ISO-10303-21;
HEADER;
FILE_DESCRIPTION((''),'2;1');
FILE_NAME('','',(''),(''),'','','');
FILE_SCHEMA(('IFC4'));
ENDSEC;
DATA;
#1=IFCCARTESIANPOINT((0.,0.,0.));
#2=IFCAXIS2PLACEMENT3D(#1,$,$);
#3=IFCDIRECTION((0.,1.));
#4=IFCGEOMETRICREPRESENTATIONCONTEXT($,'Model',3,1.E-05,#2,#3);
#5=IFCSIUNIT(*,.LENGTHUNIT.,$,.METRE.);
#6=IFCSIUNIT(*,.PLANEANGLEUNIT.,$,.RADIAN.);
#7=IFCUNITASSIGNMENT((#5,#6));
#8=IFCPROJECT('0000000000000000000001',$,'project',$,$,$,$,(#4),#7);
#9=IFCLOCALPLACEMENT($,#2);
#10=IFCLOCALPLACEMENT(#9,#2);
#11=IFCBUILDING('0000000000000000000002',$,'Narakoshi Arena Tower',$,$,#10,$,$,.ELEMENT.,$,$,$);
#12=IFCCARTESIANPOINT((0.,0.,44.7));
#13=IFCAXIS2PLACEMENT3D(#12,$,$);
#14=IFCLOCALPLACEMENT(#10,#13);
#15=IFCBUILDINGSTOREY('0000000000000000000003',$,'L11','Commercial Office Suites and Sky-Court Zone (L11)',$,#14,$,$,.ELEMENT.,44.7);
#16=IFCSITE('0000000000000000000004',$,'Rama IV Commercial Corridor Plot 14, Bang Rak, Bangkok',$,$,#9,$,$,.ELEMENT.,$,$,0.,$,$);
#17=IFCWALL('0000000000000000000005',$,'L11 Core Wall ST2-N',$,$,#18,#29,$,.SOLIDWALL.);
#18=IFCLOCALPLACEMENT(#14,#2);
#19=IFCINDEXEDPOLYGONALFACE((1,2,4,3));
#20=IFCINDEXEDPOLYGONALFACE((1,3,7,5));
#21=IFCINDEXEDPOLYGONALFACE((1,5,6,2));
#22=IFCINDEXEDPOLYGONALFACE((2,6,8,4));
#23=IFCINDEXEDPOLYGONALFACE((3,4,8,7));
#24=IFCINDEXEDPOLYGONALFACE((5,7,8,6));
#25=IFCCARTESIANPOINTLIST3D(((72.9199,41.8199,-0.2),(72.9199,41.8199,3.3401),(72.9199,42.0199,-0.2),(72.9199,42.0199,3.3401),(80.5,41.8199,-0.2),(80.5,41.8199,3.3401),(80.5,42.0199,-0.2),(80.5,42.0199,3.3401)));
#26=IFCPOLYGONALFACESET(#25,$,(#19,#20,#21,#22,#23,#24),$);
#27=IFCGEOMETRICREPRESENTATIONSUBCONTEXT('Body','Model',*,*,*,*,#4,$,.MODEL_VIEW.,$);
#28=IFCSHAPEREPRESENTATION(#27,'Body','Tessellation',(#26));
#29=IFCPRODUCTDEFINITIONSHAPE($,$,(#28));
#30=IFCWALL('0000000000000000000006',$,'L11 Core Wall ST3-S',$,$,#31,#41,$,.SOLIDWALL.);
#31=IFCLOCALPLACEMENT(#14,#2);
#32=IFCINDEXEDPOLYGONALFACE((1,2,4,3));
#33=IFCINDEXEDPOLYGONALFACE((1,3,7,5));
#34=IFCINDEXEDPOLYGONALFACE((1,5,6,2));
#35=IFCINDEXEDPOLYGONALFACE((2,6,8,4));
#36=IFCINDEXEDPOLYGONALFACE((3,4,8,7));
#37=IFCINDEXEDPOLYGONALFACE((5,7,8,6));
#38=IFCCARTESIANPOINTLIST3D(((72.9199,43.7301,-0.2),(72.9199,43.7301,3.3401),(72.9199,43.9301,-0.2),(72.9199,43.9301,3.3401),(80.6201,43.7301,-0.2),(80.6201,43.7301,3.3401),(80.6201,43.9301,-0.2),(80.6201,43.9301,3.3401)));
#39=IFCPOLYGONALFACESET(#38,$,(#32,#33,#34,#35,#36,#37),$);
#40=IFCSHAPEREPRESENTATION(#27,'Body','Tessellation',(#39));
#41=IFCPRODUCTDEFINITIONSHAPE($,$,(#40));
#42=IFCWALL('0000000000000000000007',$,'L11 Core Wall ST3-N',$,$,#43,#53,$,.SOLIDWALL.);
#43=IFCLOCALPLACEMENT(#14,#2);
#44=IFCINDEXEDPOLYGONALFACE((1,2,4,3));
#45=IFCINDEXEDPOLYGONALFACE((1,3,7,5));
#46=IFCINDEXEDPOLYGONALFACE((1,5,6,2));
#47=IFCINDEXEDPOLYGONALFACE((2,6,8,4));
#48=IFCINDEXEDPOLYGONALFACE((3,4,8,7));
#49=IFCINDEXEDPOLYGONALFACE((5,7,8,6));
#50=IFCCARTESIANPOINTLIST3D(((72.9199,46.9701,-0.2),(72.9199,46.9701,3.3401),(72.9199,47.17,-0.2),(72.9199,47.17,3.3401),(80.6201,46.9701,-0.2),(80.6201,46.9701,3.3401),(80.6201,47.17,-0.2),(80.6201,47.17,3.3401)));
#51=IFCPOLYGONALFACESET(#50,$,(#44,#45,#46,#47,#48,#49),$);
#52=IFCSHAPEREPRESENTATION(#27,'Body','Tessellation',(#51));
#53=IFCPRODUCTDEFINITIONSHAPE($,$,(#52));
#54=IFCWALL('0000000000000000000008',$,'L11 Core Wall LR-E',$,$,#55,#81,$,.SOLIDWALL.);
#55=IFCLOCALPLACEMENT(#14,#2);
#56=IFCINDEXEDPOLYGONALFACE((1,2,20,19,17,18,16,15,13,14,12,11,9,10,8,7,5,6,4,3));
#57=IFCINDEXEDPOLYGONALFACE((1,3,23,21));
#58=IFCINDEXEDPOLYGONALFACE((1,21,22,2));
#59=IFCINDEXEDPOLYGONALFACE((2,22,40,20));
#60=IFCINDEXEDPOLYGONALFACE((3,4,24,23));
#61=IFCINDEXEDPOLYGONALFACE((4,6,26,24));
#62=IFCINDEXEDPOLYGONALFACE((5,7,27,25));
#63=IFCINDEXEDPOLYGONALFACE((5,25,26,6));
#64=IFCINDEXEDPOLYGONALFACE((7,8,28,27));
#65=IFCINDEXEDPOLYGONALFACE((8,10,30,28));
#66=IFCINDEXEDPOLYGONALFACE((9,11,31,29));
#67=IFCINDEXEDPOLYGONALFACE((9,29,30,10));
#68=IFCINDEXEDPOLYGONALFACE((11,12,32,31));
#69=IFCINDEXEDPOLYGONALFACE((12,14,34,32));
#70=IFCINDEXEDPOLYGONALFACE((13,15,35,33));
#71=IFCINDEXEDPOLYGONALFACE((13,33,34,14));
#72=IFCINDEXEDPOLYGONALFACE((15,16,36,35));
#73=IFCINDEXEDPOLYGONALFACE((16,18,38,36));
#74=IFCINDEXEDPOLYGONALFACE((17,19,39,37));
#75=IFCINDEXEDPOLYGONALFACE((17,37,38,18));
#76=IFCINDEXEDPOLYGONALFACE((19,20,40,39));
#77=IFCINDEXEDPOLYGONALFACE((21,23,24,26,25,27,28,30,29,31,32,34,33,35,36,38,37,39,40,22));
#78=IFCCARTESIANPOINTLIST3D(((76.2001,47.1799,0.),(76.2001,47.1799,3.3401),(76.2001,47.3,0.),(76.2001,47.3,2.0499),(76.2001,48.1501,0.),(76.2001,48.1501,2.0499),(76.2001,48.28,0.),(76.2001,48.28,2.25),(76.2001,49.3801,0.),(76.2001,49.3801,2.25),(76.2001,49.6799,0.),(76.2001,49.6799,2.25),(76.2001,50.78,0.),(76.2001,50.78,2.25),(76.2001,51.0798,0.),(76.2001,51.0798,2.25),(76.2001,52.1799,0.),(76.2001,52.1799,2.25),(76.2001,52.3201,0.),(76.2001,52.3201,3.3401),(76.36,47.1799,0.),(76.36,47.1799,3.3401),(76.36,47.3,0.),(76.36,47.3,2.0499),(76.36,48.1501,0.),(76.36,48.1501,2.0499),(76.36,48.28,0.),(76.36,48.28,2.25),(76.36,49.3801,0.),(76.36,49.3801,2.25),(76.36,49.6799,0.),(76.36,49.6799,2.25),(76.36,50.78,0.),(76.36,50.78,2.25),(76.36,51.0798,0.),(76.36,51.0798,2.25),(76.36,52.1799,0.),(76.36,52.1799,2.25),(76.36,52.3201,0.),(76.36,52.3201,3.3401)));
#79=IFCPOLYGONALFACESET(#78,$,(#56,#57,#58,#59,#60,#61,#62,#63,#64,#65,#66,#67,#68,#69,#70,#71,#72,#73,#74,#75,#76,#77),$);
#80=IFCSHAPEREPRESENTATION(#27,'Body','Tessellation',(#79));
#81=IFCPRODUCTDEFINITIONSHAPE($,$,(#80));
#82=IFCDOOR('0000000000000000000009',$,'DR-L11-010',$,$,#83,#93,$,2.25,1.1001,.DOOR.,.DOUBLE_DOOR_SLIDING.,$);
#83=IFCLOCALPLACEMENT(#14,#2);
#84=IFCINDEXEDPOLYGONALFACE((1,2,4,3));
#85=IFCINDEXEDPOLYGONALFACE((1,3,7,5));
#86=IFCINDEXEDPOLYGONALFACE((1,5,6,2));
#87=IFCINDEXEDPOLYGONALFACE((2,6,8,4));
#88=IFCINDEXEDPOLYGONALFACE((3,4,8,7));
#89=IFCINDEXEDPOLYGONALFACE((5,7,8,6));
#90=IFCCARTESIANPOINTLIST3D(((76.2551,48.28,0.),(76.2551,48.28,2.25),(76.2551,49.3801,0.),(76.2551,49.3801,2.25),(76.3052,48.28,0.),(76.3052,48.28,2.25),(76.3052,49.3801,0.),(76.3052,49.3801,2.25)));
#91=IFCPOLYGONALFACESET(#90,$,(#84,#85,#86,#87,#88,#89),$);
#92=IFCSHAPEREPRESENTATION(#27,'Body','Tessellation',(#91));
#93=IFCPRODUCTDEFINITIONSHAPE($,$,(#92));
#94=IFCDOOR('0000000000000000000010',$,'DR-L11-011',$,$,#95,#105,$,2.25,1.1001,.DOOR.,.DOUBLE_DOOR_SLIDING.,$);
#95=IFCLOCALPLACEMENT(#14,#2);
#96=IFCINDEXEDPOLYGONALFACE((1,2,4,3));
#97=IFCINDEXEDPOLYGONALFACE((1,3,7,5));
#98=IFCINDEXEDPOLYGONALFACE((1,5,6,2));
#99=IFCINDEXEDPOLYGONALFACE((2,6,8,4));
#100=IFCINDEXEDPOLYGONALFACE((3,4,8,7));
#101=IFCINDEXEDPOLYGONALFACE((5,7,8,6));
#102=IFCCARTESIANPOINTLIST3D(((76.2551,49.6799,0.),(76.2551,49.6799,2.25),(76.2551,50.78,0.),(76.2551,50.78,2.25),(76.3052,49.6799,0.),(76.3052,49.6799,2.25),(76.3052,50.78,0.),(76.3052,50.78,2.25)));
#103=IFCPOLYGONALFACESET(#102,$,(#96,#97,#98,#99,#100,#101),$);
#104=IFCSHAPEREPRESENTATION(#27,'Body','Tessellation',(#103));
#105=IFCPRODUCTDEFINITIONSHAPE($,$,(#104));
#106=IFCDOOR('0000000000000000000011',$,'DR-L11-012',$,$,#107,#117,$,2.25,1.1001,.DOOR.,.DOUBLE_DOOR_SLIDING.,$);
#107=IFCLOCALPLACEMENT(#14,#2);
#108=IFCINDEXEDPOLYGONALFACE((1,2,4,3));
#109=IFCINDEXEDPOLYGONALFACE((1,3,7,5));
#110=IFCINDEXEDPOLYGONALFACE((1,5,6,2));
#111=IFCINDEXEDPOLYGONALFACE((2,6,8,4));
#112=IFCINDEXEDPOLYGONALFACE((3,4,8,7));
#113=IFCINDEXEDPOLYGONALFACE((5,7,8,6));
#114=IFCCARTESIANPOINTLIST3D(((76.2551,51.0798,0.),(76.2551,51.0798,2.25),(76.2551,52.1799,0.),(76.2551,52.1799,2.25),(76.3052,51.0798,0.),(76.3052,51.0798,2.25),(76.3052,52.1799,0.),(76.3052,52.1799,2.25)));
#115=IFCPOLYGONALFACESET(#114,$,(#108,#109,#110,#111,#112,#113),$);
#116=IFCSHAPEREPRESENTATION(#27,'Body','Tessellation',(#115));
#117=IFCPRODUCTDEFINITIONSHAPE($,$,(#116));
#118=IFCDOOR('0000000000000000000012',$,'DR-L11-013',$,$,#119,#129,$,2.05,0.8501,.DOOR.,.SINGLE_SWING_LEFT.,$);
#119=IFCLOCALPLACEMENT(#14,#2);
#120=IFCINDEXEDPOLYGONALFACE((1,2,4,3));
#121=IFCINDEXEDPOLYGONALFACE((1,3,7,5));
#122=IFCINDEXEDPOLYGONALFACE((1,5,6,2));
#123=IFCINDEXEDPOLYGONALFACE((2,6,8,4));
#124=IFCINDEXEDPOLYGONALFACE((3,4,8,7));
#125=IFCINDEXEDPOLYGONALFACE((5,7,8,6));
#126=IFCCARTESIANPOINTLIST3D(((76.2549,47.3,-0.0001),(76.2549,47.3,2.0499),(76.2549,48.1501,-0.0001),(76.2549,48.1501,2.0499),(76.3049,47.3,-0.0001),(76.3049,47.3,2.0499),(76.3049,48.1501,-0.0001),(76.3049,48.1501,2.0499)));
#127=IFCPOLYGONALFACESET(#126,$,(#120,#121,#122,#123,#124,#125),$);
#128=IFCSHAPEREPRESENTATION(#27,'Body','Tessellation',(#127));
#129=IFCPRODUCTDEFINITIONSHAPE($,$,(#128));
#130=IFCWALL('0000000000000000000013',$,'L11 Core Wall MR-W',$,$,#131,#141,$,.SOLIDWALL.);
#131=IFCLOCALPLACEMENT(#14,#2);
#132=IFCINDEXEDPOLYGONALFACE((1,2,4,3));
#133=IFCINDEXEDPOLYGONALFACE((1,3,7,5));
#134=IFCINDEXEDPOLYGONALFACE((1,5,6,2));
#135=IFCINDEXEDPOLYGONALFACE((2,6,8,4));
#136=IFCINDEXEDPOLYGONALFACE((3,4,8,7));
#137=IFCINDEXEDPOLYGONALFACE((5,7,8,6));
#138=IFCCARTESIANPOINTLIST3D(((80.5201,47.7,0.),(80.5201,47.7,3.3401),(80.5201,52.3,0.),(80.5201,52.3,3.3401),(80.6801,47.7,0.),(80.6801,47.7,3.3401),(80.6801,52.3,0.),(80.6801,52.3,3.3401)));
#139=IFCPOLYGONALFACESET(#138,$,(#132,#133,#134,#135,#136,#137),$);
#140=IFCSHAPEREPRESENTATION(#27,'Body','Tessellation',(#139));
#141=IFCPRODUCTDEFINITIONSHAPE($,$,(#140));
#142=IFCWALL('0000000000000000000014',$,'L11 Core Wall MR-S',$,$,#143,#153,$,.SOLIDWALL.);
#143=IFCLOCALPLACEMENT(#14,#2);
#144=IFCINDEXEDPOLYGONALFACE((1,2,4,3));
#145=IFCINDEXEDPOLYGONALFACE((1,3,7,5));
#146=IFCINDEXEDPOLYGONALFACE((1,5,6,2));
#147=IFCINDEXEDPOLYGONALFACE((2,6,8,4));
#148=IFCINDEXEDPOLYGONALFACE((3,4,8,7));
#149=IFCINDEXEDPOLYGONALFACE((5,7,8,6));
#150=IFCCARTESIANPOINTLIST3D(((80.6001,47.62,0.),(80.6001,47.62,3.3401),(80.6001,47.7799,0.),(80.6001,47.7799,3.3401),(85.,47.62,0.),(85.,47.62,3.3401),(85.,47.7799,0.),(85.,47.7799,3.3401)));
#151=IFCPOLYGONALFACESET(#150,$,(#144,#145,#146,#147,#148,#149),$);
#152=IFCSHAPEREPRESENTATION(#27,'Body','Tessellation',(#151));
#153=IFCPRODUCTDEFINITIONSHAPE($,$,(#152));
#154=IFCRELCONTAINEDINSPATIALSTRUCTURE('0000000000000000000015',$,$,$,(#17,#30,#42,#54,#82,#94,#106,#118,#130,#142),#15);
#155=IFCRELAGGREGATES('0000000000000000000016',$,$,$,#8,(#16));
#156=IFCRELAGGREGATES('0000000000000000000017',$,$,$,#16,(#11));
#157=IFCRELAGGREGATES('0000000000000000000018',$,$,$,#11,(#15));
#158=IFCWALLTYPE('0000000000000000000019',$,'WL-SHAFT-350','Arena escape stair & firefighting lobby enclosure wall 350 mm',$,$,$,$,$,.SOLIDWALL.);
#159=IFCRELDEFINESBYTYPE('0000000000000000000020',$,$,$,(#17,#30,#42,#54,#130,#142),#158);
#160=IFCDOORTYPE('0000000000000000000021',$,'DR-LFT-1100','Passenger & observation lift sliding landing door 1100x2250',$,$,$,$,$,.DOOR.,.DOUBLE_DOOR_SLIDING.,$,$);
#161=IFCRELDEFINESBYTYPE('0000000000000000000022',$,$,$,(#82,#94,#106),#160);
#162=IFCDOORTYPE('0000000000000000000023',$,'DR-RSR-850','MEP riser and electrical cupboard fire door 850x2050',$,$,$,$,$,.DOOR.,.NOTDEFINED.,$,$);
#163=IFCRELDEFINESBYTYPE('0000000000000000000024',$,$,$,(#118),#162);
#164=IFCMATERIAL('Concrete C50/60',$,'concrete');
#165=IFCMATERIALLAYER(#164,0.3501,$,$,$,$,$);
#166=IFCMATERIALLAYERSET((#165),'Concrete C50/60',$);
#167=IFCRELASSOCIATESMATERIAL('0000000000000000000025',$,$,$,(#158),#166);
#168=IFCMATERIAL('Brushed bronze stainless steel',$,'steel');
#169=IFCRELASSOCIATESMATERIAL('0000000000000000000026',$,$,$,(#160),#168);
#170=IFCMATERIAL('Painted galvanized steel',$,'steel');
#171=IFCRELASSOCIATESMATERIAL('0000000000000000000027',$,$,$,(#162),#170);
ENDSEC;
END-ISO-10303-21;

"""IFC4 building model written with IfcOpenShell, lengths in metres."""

from ifc_helpers import new_model, si_unit, direction, frame, frame_2d, origin, place, context, subcontext, project, spatial, rectangle, extrude, material, layer, layer_set, type_object, element, fill, save


model = new_model("IFC4")

# Units and contexts
model_context = context("Model", 3, precision=1e-05, world=origin(), true_north=direction((0.0, 1.0)))
body_context = subcontext(model_context, "Body", "Model", "MODEL_VIEW")
ifc_project = project(units=[si_unit("LENGTHUNIT", "METRE"), si_unit("PLANEANGLEUNIT", "RADIAN")], contexts=[model_context])

# Site, building, storey
site_placement = place(None, origin())
site = spatial("IfcSite", under=ifc_project, at=site_placement, Name="Rama IV Commercial Corridor Plot 14, Bang Rak, Bangkok", CompositionType="ELEMENT", RefElevation=0.0)
building_placement = place(site_placement, origin())
building = spatial("IfcBuilding", under=site, at=building_placement, Name="Narakoshi Arena Tower", CompositionType="ELEMENT")
storey_placement = place(building_placement, frame((0.0, 0.0, 44.7)))
storey = spatial("IfcBuildingStorey", under=building, at=storey_placement, Name="L11", Description="Commercial Office Suites and Sky-Court Zone (L11)", CompositionType="ELEMENT", Elevation=44.7)

# Walls
ifc_material_1 = material(Name="Concrete C50/60", Category="concrete")
ifc_layer = layer(ifc_material_1, 0.3501)
ifc_layer_set = layer_set([ifc_layer], Name="Concrete C50/60")
wall_type = type_object("IfcWallType", Name="WL-SHAFT-350", Description="Arena escape stair & firefighting lobby enclosure wall 350 mm", PredefinedType="SOLIDWALL", material=ifc_layer_set)
wall_1_placement = place(storey_placement, frame((72.9199, 41.9199, -0.2), z_axis=(0.0, 0.0, 1.0), x_axis=(1.0, 0.0, 0.0)))
element("IfcWall", 1, at=wall_1_placement, inside=storey, type_object=wall_type, Name="L11 Core Wall ST2-N", PredefinedType="SOLIDWALL", context=body_context, shape_type="SweptSolid", body=[
    extrude(rectangle(XDim=7.5801, YDim=0.2, at=frame_2d((3.79, 0.0))), origin(), (0.0, 0.0, 1.0), 3.54),
])
for number, where, z_axis, x_axis, name in (
    (2, (72.9199, 43.8301, -0.2), (0.0, 0.0, 1.0), (1.0, 0.0, 0.0), "L11 Core Wall ST3-S"),
    (3, (72.9199, 47.0701, -0.2), (0.0, 0.0, 1.0), (1.0, 0.0, 0.0), "L11 Core Wall ST3-N"),
):
    element("IfcWall", number, at=place(storey_placement, frame(where, z_axis=z_axis, x_axis=x_axis)), inside=storey, type_object=wall_type, Name=name, PredefinedType="SOLIDWALL", context=body_context, shape_type="SweptSolid", body=[
        extrude(rectangle(XDim=7.7002, YDim=0.2, at=frame_2d((3.8501, 0.0))), origin(), (0.0, 0.0, 1.0), 3.54),
    ])

# Wall, openings, doors
wall_2_placement = place(storey_placement, frame((76.28, 47.1799, 0.0), z_axis=(0.0, 0.0, 1.0), x_axis=(0.0, 1.0, 0.0)))
wall_2 = element("IfcWall", 4, at=wall_2_placement, inside=storey, type_object=wall_type, Name="L11 Core Wall LR-E", PredefinedType="SOLIDWALL", context=body_context, shape_type="SweptSolid", body=[
    extrude(rectangle(XDim=5.1401, YDim=0.1599, at=frame_2d((2.5701, 0.0))), origin(), (0.0, 0.0, 1.0), 3.3401),
])
opening_1_placement = place(wall_2_placement, frame((1.1001, 0.0, 0.0)))
opening_1 = element("IfcOpeningElement", 5, at=opening_1_placement, cuts=wall_2, PredefinedType="OPENING", context=body_context, shape_type="SweptSolid", body=[
    extrude(rectangle(XDim=1.1001, YDim=2.25, at=frame_2d((0.55, 1.125))), frame((0.0, 0.0898, 0.0), z_axis=(0.0, -1.0, 0.0), x_axis=(1.0, 0.0, 0.0)), (0.0, 0.0, 1.0), 0.1799),
])
opening_2_placement = place(wall_2_placement, frame((2.5, 0.0, 0.0)))
opening_2 = element("IfcOpeningElement", 6, at=opening_2_placement, cuts=wall_2, PredefinedType="OPENING", context=body_context, shape_type="SweptSolid", body=[
    extrude(rectangle(XDim=1.1001, YDim=2.25, at=frame_2d((0.55, 1.125))), frame((0.0, 0.0898, 0.0), z_axis=(0.0, -1.0, 0.0), x_axis=(1.0, 0.0, 0.0)), (0.0, 0.0, 1.0), 0.1799),
])
opening_3_placement = place(wall_2_placement, frame((3.8999, 0.0, 0.0)))
opening_3 = element("IfcOpeningElement", 7, at=opening_3_placement, cuts=wall_2, PredefinedType="OPENING", context=body_context, shape_type="SweptSolid", body=[
    extrude(rectangle(XDim=1.1001, YDim=2.25, at=frame_2d((0.55, 1.125))), frame((0.0, 0.0898, 0.0), z_axis=(0.0, -1.0, 0.0), x_axis=(1.0, 0.0, 0.0)), (0.0, 0.0, 1.0), 0.1799),
])
opening_4_placement = place(wall_2_placement, frame((0.1201, 0.0, 0.0)))
opening_4 = element("IfcOpeningElement", 8, at=opening_4_placement, cuts=wall_2, PredefinedType="OPENING", context=body_context, shape_type="SweptSolid", body=[
    extrude(rectangle(XDim=0.8501, YDim=2.05, at=frame_2d((0.425, 1.0249))), frame((0.0, 0.0898, 0.0), z_axis=(0.0, -1.0, 0.0), x_axis=(1.0, 0.0, 0.0)), (0.0, 0.0, 1.0), 0.1799),
])
ifc_material_2 = material(Name="Brushed bronze stainless steel", Category="steel")
door_type_1 = type_object("IfcDoorType", Name="DR-LFT-1100", Description="Passenger & observation lift sliding landing door 1100x2250", OperationType="DOUBLE_DOOR_SLIDING", PredefinedType="DOOR", material=ifc_material_2)
door_1_placement = place(opening_1_placement, origin())
door_1 = element("IfcDoor", 9, at=door_1_placement, inside=storey, type_object=door_type_1, Name="DR-L11-010", OperationType="DOUBLE_DOOR_SLIDING", OverallHeight=2.25, OverallWidth=1.1001, PredefinedType="DOOR", context=body_context, shape_type="SweptSolid", body=[
    extrude(rectangle(XDim=1.1001, YDim=2.25, at=frame_2d((0.55, 1.125))), frame((0.0, 0.0249, 0.0), z_axis=(0.0, -1.0, 0.0), x_axis=(1.0, 0.0, 0.0)), (0.0, 0.0, 1.0), 0.05),
])
fill(opening_1, door_1)
door_2_placement = place(opening_2_placement, origin())
door_2 = element("IfcDoor", 10, at=door_2_placement, inside=storey, type_object=door_type_1, Name="DR-L11-011", OperationType="DOUBLE_DOOR_SLIDING", OverallHeight=2.25, OverallWidth=1.1001, PredefinedType="DOOR", context=body_context, shape_type="SweptSolid", body=[
    extrude(rectangle(XDim=1.1001, YDim=2.25, at=frame_2d((0.55, 1.125))), frame((0.0, 0.0249, 0.0), z_axis=(0.0, -1.0, 0.0), x_axis=(1.0, 0.0, 0.0)), (0.0, 0.0, 1.0), 0.05),
])
fill(opening_2, door_2)
door_3_placement = place(opening_3_placement, origin())
door_3 = element("IfcDoor", 11, at=door_3_placement, inside=storey, type_object=door_type_1, Name="DR-L11-012", OperationType="DOUBLE_DOOR_SLIDING", OverallHeight=2.25, OverallWidth=1.1001, PredefinedType="DOOR", context=body_context, shape_type="SweptSolid", body=[
    extrude(rectangle(XDim=1.1001, YDim=2.25, at=frame_2d((0.55, 1.125))), frame((0.0, 0.0249, 0.0), z_axis=(0.0, -1.0, 0.0), x_axis=(1.0, 0.0, 0.0)), (0.0, 0.0, 1.0), 0.05),
])
fill(opening_3, door_3)
ifc_material_3 = material(Name="Painted galvanized steel", Category="steel")
door_type_2 = type_object("IfcDoorType", Name="DR-RSR-850", Description="MEP riser and electrical cupboard fire door 850x2050", OperationType="NOTDEFINED", PredefinedType="DOOR", material=ifc_material_3)
door_4_placement = place(opening_4_placement, frame((0.8501, 0.0, 0.0), z_axis=(0.0, 0.0, 1.0), x_axis=(-1.0, 0.0, 0.0)))
door_4 = element("IfcDoor", 12, at=door_4_placement, inside=storey, type_object=door_type_2, Name="DR-L11-013", OperationType="SINGLE_SWING_LEFT", OverallHeight=2.05, OverallWidth=0.8501, PredefinedType="DOOR", context=body_context, shape_type="SweptSolid", body=[
    extrude(rectangle(XDim=0.8501, YDim=2.05, at=frame_2d((0.425, 1.0249))), frame((0.0, 0.0249, 0.0), z_axis=(0.0, -1.0, 0.0), x_axis=(1.0, 0.0, 0.0)), (0.0, 0.0, 1.0), 0.05),
])
fill(opening_4, door_4)

# Walls
wall_3_placement = place(storey_placement, frame((80.6001, 47.7, 0.0), z_axis=(0.0, 0.0, 1.0), x_axis=(0.0, 1.0, 0.0)))
element("IfcWall", 13, at=wall_3_placement, inside=storey, type_object=wall_type, Name="L11 Core Wall MR-W", PredefinedType="SOLIDWALL", context=body_context, shape_type="SweptSolid", body=[
    extrude(rectangle(XDim=4.6001, YDim=0.1599, at=frame_2d((2.3, 0.0))), origin(), (0.0, 0.0, 1.0), 3.3401),
])
wall_4_placement = place(storey_placement, frame((80.6001, 47.7, 0.0), z_axis=(0.0, 0.0, 1.0), x_axis=(1.0, 0.0, 0.0)))
element("IfcWall", 14, at=wall_4_placement, inside=storey, type_object=wall_type, Name="L11 Core Wall MR-S", PredefinedType="SOLIDWALL", context=body_context, shape_type="SweptSolid", body=[
    extrude(rectangle(XDim=4.3999, YDim=0.1599, at=frame_2d((2.2, 0.0))), origin(), (0.0, 0.0, 1.0), 3.3401),
])

save(model, "model.ifc")
